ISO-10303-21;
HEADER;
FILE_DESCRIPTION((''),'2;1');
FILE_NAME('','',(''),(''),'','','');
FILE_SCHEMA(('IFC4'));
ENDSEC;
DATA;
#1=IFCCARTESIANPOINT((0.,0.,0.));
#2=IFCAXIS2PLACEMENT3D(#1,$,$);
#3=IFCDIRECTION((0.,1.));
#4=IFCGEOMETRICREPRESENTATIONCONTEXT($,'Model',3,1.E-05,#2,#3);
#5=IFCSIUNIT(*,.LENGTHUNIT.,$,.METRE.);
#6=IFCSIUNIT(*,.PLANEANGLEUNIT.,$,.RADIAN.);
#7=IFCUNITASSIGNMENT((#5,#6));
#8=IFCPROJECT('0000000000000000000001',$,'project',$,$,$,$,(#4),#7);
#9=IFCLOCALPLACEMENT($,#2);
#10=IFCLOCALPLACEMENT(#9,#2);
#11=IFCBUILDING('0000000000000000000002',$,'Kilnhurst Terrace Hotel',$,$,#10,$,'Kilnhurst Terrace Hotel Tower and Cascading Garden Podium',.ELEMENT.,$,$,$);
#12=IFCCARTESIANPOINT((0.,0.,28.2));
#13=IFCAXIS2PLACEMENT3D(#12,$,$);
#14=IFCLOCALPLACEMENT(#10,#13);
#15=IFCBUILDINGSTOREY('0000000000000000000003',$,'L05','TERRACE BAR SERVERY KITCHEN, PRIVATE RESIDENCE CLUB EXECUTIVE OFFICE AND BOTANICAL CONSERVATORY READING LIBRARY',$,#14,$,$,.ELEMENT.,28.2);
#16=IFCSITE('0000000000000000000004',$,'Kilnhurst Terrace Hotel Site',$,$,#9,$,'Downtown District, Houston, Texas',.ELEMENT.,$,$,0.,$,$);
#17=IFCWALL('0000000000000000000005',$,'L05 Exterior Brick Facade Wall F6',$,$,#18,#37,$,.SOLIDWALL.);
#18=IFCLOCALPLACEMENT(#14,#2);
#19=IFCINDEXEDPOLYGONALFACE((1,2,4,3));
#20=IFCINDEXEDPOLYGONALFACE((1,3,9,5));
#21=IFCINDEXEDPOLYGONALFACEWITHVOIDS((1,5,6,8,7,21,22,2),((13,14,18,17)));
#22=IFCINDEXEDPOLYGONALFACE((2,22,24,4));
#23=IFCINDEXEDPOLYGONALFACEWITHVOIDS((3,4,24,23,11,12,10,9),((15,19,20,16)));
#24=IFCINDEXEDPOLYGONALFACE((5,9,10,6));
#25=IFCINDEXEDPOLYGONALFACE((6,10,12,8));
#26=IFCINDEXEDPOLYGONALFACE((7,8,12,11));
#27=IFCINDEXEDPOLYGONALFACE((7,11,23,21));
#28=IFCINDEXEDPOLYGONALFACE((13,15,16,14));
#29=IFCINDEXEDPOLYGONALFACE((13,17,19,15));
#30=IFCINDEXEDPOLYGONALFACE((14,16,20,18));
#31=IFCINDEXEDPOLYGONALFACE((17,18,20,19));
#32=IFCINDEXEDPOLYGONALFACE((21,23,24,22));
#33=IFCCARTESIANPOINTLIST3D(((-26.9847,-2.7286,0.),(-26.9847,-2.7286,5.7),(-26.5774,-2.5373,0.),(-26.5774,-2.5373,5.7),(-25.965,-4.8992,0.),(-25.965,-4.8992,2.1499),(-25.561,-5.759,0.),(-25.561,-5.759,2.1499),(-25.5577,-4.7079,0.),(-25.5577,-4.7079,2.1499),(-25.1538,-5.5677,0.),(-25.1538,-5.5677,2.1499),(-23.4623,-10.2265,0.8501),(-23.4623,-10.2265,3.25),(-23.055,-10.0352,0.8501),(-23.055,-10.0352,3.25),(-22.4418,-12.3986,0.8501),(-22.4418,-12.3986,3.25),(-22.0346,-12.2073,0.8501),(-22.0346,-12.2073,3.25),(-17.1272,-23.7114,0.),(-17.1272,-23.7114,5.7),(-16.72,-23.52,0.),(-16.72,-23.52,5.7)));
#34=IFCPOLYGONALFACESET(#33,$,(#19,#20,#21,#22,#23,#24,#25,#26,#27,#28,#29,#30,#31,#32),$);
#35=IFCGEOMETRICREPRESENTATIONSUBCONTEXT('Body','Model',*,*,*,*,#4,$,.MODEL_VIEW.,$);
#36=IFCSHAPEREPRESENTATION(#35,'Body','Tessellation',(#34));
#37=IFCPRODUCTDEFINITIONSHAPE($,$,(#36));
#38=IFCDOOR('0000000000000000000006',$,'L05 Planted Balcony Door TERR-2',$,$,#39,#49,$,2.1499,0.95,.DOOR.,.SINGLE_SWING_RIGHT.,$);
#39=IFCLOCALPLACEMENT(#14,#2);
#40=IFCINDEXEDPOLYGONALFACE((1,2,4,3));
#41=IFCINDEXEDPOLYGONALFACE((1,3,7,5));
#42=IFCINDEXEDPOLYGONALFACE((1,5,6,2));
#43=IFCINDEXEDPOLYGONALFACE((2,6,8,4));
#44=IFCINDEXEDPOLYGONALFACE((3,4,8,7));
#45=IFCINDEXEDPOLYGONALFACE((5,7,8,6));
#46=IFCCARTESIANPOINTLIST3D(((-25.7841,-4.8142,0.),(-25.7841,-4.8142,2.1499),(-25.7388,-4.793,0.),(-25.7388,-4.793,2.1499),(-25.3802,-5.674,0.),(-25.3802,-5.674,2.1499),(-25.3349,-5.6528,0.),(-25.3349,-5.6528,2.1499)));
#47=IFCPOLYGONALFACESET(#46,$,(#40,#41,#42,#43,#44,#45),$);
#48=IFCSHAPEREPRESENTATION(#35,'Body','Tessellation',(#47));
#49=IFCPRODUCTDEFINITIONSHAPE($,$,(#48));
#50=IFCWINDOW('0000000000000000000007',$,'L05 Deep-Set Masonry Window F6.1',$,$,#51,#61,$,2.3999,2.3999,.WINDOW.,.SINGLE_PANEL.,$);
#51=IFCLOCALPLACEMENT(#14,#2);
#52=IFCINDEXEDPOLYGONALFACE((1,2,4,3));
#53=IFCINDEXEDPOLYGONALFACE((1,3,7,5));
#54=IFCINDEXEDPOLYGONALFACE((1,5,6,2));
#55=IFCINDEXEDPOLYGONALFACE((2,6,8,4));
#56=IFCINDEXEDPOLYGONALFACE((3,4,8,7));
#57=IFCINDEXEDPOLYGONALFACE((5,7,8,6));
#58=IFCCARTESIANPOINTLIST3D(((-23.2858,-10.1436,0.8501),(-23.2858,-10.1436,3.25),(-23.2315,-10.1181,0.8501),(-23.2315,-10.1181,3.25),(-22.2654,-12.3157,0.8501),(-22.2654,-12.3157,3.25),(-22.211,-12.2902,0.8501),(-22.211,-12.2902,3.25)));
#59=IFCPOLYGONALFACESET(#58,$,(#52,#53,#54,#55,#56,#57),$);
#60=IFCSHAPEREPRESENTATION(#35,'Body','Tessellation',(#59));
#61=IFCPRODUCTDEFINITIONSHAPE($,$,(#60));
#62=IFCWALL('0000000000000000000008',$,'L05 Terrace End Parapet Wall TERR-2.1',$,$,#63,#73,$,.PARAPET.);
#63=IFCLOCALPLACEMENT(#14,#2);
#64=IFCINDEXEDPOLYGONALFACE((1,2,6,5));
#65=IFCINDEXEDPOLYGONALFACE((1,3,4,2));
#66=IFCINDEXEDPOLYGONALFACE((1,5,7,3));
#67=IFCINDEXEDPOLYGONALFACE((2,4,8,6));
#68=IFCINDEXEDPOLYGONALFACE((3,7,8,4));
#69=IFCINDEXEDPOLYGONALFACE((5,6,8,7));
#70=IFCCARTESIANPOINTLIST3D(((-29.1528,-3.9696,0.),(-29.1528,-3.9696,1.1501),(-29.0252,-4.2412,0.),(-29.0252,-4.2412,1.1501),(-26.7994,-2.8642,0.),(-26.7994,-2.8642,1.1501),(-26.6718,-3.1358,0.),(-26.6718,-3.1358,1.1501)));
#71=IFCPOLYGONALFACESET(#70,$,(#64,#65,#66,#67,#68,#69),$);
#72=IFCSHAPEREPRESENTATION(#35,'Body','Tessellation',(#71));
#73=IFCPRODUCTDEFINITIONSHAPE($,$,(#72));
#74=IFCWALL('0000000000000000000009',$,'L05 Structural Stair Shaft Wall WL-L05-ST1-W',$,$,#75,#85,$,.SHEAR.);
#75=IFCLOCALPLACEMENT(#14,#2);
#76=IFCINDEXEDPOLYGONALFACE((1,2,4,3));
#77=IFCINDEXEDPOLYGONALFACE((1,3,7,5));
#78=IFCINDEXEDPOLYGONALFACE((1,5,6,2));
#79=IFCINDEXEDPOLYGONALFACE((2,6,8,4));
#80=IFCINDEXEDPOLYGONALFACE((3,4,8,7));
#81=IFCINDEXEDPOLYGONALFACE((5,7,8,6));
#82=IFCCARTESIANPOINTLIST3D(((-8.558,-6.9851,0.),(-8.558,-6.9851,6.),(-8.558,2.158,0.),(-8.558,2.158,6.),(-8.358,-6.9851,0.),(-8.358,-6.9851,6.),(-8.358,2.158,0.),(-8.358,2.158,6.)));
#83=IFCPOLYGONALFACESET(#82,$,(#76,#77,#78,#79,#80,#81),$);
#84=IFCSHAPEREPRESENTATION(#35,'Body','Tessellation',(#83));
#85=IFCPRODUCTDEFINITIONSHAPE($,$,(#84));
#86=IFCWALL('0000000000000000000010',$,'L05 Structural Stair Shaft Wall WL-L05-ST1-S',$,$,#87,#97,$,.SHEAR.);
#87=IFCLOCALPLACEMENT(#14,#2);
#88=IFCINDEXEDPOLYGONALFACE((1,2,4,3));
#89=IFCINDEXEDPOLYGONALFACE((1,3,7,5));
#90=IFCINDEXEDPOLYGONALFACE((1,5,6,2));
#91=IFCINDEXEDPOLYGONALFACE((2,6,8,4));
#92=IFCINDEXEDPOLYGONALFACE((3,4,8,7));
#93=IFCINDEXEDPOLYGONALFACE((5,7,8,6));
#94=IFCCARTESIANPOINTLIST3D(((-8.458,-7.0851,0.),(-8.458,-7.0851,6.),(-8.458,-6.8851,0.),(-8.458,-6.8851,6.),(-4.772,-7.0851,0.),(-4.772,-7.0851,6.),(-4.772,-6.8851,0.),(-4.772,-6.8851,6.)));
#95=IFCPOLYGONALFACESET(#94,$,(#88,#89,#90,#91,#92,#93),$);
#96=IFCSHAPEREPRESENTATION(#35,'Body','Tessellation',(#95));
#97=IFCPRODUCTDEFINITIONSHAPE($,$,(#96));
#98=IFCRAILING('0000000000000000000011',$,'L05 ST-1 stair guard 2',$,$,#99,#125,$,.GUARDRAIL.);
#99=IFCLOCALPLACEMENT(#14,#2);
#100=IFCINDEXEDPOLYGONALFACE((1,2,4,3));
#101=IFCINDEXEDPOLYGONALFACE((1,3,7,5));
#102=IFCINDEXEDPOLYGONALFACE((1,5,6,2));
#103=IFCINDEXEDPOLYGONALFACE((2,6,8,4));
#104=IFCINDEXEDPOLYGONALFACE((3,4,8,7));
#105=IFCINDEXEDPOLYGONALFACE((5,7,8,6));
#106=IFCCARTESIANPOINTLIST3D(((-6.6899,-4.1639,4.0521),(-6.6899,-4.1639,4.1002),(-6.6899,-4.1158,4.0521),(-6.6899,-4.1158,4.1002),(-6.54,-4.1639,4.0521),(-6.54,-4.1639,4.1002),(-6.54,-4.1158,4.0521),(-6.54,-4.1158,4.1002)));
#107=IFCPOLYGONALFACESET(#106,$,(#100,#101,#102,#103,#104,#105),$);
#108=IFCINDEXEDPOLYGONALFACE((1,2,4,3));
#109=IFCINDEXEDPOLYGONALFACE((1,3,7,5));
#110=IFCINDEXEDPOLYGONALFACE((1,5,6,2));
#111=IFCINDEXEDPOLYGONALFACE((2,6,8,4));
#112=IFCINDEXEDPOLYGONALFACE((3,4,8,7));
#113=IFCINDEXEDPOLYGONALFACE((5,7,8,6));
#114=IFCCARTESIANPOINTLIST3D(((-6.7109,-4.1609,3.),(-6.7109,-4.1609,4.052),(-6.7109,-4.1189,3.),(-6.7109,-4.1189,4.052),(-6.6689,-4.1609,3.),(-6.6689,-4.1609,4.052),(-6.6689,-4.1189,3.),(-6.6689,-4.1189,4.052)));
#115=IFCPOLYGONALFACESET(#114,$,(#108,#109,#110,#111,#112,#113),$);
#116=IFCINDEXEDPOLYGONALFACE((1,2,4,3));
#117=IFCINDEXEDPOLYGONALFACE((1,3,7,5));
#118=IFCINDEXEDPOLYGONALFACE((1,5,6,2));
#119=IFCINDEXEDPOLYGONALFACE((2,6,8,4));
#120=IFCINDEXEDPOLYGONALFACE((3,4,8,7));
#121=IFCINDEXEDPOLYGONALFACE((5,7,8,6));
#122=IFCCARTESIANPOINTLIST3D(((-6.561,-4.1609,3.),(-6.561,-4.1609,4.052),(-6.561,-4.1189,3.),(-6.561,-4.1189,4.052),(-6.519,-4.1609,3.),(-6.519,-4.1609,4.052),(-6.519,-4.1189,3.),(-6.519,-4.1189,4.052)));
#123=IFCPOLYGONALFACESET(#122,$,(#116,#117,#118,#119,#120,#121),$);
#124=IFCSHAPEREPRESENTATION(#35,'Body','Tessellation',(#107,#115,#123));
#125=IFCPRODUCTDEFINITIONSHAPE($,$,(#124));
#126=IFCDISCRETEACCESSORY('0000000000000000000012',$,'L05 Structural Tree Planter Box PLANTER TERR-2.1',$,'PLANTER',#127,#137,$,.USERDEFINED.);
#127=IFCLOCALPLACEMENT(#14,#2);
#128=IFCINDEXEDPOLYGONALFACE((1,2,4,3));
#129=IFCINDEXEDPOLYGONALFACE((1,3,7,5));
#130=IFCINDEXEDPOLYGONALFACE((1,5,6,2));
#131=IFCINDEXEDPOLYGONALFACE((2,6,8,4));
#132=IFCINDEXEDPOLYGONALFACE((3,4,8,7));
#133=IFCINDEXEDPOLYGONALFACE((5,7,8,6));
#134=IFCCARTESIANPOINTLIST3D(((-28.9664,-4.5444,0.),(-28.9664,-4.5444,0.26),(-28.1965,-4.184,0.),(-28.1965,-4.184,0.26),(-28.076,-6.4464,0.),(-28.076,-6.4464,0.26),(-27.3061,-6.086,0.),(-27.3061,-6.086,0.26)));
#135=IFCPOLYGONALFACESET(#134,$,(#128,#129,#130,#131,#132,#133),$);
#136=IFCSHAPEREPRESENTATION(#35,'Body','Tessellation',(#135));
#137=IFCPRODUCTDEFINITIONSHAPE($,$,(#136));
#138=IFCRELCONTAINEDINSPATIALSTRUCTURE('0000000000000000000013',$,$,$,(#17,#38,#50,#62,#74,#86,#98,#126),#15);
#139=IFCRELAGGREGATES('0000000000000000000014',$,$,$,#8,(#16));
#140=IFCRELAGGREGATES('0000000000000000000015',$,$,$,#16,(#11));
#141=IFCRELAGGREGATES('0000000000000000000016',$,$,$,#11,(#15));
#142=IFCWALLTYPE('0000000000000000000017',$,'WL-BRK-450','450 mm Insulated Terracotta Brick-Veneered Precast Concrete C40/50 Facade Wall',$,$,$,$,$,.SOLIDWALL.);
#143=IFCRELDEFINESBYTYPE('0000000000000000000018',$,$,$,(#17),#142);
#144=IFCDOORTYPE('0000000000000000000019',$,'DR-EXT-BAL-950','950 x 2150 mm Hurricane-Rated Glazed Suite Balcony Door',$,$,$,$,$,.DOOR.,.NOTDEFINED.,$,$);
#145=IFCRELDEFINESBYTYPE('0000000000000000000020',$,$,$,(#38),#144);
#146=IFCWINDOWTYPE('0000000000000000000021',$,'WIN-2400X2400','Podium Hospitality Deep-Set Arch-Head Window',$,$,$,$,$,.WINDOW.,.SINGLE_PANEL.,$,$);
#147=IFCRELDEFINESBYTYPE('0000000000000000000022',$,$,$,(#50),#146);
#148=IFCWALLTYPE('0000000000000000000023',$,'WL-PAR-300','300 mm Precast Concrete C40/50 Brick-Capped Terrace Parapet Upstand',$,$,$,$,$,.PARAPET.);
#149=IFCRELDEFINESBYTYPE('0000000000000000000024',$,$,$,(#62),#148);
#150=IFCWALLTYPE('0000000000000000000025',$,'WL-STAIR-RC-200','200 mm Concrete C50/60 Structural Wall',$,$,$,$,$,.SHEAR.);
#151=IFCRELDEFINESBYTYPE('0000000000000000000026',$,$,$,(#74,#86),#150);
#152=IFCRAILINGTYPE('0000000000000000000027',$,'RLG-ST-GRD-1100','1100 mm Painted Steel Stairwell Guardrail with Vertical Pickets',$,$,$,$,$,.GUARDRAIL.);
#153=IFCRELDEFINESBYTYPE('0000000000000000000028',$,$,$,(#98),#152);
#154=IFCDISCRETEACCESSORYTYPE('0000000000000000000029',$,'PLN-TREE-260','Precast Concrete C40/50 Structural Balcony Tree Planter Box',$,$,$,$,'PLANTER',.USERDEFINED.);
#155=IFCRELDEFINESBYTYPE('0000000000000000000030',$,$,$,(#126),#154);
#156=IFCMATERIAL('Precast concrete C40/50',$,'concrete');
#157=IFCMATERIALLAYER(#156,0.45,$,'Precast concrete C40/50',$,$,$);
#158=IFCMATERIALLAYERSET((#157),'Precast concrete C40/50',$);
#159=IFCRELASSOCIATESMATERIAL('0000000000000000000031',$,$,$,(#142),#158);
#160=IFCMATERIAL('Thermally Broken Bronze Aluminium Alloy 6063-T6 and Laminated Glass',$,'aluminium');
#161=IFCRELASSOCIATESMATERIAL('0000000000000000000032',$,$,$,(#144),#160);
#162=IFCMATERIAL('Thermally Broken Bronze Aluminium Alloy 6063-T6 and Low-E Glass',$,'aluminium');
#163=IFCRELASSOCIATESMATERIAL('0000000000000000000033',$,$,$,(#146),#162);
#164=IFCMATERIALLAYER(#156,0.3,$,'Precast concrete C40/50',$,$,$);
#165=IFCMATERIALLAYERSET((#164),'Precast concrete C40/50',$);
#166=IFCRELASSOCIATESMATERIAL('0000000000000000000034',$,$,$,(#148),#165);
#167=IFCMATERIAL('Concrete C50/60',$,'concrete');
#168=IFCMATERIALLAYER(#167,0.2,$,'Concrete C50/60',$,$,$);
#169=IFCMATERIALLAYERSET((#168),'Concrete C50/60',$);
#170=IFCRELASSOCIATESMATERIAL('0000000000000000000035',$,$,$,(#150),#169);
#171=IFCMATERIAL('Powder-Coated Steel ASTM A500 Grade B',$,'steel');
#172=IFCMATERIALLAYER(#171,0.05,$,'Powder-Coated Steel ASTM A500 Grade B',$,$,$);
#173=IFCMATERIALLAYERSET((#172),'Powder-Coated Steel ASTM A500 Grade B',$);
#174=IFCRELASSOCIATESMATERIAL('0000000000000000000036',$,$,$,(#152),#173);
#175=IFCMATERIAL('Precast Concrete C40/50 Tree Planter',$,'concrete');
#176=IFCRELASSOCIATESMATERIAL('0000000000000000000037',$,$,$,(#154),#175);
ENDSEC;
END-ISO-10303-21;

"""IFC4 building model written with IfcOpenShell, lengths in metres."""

from ifc_helpers import new_model, si_unit, direction, frame, frame_2d, origin, origin_2d, place, context, subcontext, project, spatial, rectangle, extrude, material, layer, layer_set, type_object, element, fill, save


model = new_model("IFC4")

# Units and contexts
model_context = context("Model", 3, precision=1e-05, world=origin(), true_north=direction((0.0, 1.0)))
body_context = subcontext(model_context, "Body", "Model", "MODEL_VIEW")
ifc_project = project(units=[si_unit("LENGTHUNIT", "METRE"), si_unit("PLANEANGLEUNIT", "RADIAN")], contexts=[model_context])

# Site, building, storey
site_placement = place(None, origin())
site = spatial("IfcSite", under=ifc_project, at=site_placement, Name="Kilnhurst Terrace Hotel Site", LongName="Downtown District, Houston, Texas", CompositionType="ELEMENT", RefElevation=0.0)
building_placement = place(site_placement, origin())
building = spatial("IfcBuilding", under=site, at=building_placement, Name="Kilnhurst Terrace Hotel", LongName="Kilnhurst Terrace Hotel Tower and Cascading Garden Podium", CompositionType="ELEMENT")
storey_placement = place(building_placement, frame((0.0, 0.0, 28.2)))
storey = spatial("IfcBuildingStorey", under=building, at=storey_placement, Name="L05", Description="TERRACE BAR SERVERY KITCHEN, PRIVATE RESIDENCE CLUB EXECUTIVE OFFICE AND BOTANICAL CONSERVATORY READING LIBRARY", CompositionType="ELEMENT", Elevation=28.2)

# Shared definitions
ifc_material_1 = material(Name="Concrete C50/60", Category="concrete")

# Shared definitions
ifc_material_2 = material(Name="Precast concrete C40/50", Category="concrete")
ifc_layer_1 = layer(ifc_material_2, 0.45, Name="Precast concrete C40/50")
ifc_layer_set_1 = layer_set([ifc_layer_1], Name="Precast concrete C40/50")
wall_type_1 = type_object("IfcWallType", Name="WL-BRK-450", Description="450 mm Insulated Terracotta Brick-Veneered Precast Concrete C40/50 Facade Wall", PredefinedType="SOLIDWALL", material=ifc_layer_set_1)

# Wall, openings, door, window
wall_1_placement = place(storey_placement, frame((-26.781, -2.6331, 0.0), z_axis=(0.0, 0.0, 1.0), x_axis=(0.425205, -0.905097, 0.0)))
wall_1 = element("IfcWall", 1, at=wall_1_placement, inside=storey, type_object=wall_type_1, Name="L05 Exterior Brick Facade Wall F6", PredefinedType="SOLIDWALL", context=body_context, shape_type="SweptSolid", body=[
    extrude(rectangle(XDim=23.1829, YDim=0.45, at=frame_2d((11.5913, 0.0))), origin(), (0.0, 0.0, 1.0), 5.7),
])
opening_1_placement = place(wall_1_placement, frame((2.3979, 0.0, 0.0)))
opening_1 = element("IfcOpeningElement", 2, at=opening_1_placement, cuts=wall_1, PredefinedType="OPENING", context=body_context, shape_type="SweptSolid", body=[
    extrude(rectangle(XDim=0.95, YDim=2.1499, at=frame_2d((0.4751, 1.075))), frame((0.0, 0.2349, 0.0), z_axis=(0.0, -1.0, 0.0), x_axis=(1.0, 0.0, 0.0)), (0.0, 0.0, 1.0), 0.47),
])
opening_2_placement = place(wall_1_placement, frame((8.2839, 0.0, 0.8501)))
opening_2 = element("IfcOpeningElement", 3, at=opening_2_placement, cuts=wall_1, PredefinedType="OPENING", context=body_context, shape_type="SweptSolid", body=[
    extrude(rectangle(XDim=2.3999, YDim=2.3999, at=frame_2d((1.2, 1.2))), frame((0.0, 0.2349, 0.0), z_axis=(0.0, -1.0, 0.0), x_axis=(1.0, 0.0, 0.0)), (0.0, 0.0, 1.0), 0.47),
])
ifc_material_3 = material(Name="Thermally Broken Bronze Aluminium Alloy 6063-T6 and Laminated Glass", Category="aluminium")
door_type_1 = type_object("IfcDoorType", Name="DR-EXT-BAL-950", Description="950 x 2150 mm Hurricane-Rated Glazed Suite Balcony Door", OperationType="NOTDEFINED", PredefinedType="DOOR", material=ifc_material_3)
door_1_placement = place(opening_1_placement, origin())
door_1 = element("IfcDoor", 4, at=door_1_placement, inside=storey, type_object=door_type_1, Name="L05 Planted Balcony Door TERR-2", OperationType="SINGLE_SWING_RIGHT", OverallHeight=2.1499, OverallWidth=0.95, PredefinedType="DOOR", context=body_context, shape_type="SweptSolid", body=[
    extrude(rectangle(XDim=0.95, YDim=2.1499, at=frame_2d((0.4751, 1.075))), frame((0.0, 0.0249, 0.0), z_axis=(0.0, -1.0, 0.0), x_axis=(1.0, 0.0, 0.0)), (0.0, 0.0, 1.0), 0.05),
])
fill(opening_1, door_1)
ifc_material_4 = material(Name="Thermally Broken Bronze Aluminium Alloy 6063-T6 and Low-E Glass", Category="aluminium")
window_type = type_object("IfcWindowType", Name="WIN-2400X2400", Description="Podium Hospitality Deep-Set Arch-Head Window", PartitioningType="SINGLE_PANEL", PredefinedType="WINDOW", material=ifc_material_4)
window_placement = place(opening_2_placement, origin())
window = element("IfcWindow", 5, at=window_placement, inside=storey, type_object=window_type, Name="L05 Deep-Set Masonry Window F6.1", OverallHeight=2.3999, OverallWidth=2.3999, PartitioningType="SINGLE_PANEL", PredefinedType="WINDOW", context=body_context, shape_type="SweptSolid", body=[
    extrude(rectangle(XDim=2.3999, YDim=2.3999, at=frame_2d((1.2, 1.2))), frame((0.0, 0.03, 0.0), z_axis=(0.0, -1.0, 0.0), x_axis=(1.0, 0.0, 0.0)), (0.0, 0.0, 1.0), 0.0601),
])
fill(opening_2, window)

# Walls
ifc_layer_2 = layer(ifc_material_2, 0.3, Name="Precast concrete C40/50")
ifc_layer_set_2 = layer_set([ifc_layer_2], Name="Precast concrete C40/50")
wall_type_2 = type_object("IfcWallType", Name="WL-PAR-300", Description="300 mm Precast Concrete C40/50 Brick-Capped Terrace Parapet Upstand", PredefinedType="PARAPET", material=ifc_layer_set_2)
wall_2_placement = place(storey_placement, frame((-26.7356, -3.0, 0.0), z_axis=(0.0, 0.0, 1.0), x_axis=(-0.905125, -0.425146, 0.0)))
element("IfcWall", 6, at=wall_2_placement, inside=storey, type_object=wall_type_2, Name="L05 Terrace End Parapet Wall TERR-2.1", PredefinedType="PARAPET", context=body_context, shape_type="SweptSolid", body=[
    extrude(rectangle(XDim=2.6001, YDim=0.3, at=frame_2d((1.3, 0.0))), origin(), (0.0, 0.0, 1.0), 1.1501),
])
ifc_layer_3 = layer(ifc_material_1, 0.2, Name="Concrete C50/60")
ifc_layer_set_3 = layer_set([ifc_layer_3], Name="Concrete C50/60")
wall_type_3 = type_object("IfcWallType", Name="WL-STAIR-RC-200", Description="200 mm Concrete C50/60 Structural Wall", PredefinedType="SHEAR", material=ifc_layer_set_3)
wall_3_placement = place(storey_placement, frame((-8.458, -6.9851, 0.0), z_axis=(0.0, 0.0, 1.0), x_axis=(0.0, 1.0, 0.0)))
element("IfcWall", 7, at=wall_3_placement, inside=storey, type_object=wall_type_3, Name="L05 Structural Stair Shaft Wall WL-L05-ST1-W", PredefinedType="SHEAR", context=body_context, shape_type="SweptSolid", body=[
    extrude(rectangle(XDim=9.1431, YDim=0.2, at=frame_2d((4.5715, 0.0))), origin(), (0.0, 0.0, 1.0), 6.0),
])
wall_4_placement = place(storey_placement, frame((-8.458, -6.9851, 0.0), z_axis=(0.0, 0.0, 1.0), x_axis=(1.0, 0.0, 0.0)))
element("IfcWall", 8, at=wall_4_placement, inside=storey, type_object=wall_type_3, Name="L05 Structural Stair Shaft Wall WL-L05-ST1-S", PredefinedType="SHEAR", context=body_context, shape_type="SweptSolid", body=[
    extrude(rectangle(XDim=3.686, YDim=0.2, at=frame_2d((1.843, 0.0))), origin(), (0.0, 0.0, 1.0), 6.0),
])

# Railing
ifc_material_5 = material(Name="Powder-Coated Steel ASTM A500 Grade B", Category="steel")
ifc_layer_4 = layer(ifc_material_5, 0.05, Name="Powder-Coated Steel ASTM A500 Grade B")
ifc_layer_set_4 = layer_set([ifc_layer_4], Name="Powder-Coated Steel ASTM A500 Grade B")
railing_type = type_object("IfcRailingType", Name="RLG-ST-GRD-1100", Description="1100 mm Painted Steel Stairwell Guardrail with Vertical Pickets", PredefinedType="GUARDRAIL", material=ifc_layer_set_4)
railing_placement = place(storey_placement, frame((-6.6899, -4.1399, 3.0)))
element("IfcRailing", 9, at=railing_placement, inside=storey, type_object=railing_type, Name="L05 ST-1 stair guard 2", PredefinedType="GUARDRAIL", context=body_context, shape_type="SweptSolid", body=[
    extrude(rectangle(XDim=0.0481, YDim=0.0481, at=origin_2d()), frame((0.0, 0.0, 1.0762), z_axis=(1.0, 0.0, 0.0), x_axis=(0.0, 1.0, 0.0)), (0.0, 0.0, 1.0), 0.1499),
    extrude(rectangle(XDim=0.042, YDim=0.042, at=origin_2d()), origin(), (0.0, 0.0, 1.0), 1.052),
    extrude(rectangle(XDim=0.042, YDim=0.042, at=origin_2d()), frame((0.1499, 0.0, 0.0)), (0.0, 0.0, 1.0), 1.052),
])

# Discrete accessory
ifc_material_6 = material(Name="Precast Concrete C40/50 Tree Planter", Category="concrete")
discrete_accessory_type = type_object("IfcDiscreteAccessoryType", Name="PLN-TREE-260", Description="Precast Concrete C40/50 Structural Balcony Tree Planter Box", ElementType="PLANTER", PredefinedType="USERDEFINED", material=ifc_material_6)
discrete_accessory_placement = place(storey_placement, frame((-28.1362, -5.3152, 0.0), z_axis=(0.0, 0.0, 1.0), x_axis=(0.423962, -0.90568, 0.0)))
element("IfcDiscreteAccessory", 10, at=discrete_accessory_placement, inside=storey, type_object=discrete_accessory_type, Name="L05 Structural Tree Planter Box PLANTER TERR-2.1", ObjectType="PLANTER", PredefinedType="USERDEFINED", context=body_context, shape_type="SweptSolid", body=[
    extrude(rectangle(XDim=2.1001, YDim=0.8501, at=origin_2d()), origin(), (0.0, 0.0, 1.0), 0.26),
])

save(model, "model.ifc")
